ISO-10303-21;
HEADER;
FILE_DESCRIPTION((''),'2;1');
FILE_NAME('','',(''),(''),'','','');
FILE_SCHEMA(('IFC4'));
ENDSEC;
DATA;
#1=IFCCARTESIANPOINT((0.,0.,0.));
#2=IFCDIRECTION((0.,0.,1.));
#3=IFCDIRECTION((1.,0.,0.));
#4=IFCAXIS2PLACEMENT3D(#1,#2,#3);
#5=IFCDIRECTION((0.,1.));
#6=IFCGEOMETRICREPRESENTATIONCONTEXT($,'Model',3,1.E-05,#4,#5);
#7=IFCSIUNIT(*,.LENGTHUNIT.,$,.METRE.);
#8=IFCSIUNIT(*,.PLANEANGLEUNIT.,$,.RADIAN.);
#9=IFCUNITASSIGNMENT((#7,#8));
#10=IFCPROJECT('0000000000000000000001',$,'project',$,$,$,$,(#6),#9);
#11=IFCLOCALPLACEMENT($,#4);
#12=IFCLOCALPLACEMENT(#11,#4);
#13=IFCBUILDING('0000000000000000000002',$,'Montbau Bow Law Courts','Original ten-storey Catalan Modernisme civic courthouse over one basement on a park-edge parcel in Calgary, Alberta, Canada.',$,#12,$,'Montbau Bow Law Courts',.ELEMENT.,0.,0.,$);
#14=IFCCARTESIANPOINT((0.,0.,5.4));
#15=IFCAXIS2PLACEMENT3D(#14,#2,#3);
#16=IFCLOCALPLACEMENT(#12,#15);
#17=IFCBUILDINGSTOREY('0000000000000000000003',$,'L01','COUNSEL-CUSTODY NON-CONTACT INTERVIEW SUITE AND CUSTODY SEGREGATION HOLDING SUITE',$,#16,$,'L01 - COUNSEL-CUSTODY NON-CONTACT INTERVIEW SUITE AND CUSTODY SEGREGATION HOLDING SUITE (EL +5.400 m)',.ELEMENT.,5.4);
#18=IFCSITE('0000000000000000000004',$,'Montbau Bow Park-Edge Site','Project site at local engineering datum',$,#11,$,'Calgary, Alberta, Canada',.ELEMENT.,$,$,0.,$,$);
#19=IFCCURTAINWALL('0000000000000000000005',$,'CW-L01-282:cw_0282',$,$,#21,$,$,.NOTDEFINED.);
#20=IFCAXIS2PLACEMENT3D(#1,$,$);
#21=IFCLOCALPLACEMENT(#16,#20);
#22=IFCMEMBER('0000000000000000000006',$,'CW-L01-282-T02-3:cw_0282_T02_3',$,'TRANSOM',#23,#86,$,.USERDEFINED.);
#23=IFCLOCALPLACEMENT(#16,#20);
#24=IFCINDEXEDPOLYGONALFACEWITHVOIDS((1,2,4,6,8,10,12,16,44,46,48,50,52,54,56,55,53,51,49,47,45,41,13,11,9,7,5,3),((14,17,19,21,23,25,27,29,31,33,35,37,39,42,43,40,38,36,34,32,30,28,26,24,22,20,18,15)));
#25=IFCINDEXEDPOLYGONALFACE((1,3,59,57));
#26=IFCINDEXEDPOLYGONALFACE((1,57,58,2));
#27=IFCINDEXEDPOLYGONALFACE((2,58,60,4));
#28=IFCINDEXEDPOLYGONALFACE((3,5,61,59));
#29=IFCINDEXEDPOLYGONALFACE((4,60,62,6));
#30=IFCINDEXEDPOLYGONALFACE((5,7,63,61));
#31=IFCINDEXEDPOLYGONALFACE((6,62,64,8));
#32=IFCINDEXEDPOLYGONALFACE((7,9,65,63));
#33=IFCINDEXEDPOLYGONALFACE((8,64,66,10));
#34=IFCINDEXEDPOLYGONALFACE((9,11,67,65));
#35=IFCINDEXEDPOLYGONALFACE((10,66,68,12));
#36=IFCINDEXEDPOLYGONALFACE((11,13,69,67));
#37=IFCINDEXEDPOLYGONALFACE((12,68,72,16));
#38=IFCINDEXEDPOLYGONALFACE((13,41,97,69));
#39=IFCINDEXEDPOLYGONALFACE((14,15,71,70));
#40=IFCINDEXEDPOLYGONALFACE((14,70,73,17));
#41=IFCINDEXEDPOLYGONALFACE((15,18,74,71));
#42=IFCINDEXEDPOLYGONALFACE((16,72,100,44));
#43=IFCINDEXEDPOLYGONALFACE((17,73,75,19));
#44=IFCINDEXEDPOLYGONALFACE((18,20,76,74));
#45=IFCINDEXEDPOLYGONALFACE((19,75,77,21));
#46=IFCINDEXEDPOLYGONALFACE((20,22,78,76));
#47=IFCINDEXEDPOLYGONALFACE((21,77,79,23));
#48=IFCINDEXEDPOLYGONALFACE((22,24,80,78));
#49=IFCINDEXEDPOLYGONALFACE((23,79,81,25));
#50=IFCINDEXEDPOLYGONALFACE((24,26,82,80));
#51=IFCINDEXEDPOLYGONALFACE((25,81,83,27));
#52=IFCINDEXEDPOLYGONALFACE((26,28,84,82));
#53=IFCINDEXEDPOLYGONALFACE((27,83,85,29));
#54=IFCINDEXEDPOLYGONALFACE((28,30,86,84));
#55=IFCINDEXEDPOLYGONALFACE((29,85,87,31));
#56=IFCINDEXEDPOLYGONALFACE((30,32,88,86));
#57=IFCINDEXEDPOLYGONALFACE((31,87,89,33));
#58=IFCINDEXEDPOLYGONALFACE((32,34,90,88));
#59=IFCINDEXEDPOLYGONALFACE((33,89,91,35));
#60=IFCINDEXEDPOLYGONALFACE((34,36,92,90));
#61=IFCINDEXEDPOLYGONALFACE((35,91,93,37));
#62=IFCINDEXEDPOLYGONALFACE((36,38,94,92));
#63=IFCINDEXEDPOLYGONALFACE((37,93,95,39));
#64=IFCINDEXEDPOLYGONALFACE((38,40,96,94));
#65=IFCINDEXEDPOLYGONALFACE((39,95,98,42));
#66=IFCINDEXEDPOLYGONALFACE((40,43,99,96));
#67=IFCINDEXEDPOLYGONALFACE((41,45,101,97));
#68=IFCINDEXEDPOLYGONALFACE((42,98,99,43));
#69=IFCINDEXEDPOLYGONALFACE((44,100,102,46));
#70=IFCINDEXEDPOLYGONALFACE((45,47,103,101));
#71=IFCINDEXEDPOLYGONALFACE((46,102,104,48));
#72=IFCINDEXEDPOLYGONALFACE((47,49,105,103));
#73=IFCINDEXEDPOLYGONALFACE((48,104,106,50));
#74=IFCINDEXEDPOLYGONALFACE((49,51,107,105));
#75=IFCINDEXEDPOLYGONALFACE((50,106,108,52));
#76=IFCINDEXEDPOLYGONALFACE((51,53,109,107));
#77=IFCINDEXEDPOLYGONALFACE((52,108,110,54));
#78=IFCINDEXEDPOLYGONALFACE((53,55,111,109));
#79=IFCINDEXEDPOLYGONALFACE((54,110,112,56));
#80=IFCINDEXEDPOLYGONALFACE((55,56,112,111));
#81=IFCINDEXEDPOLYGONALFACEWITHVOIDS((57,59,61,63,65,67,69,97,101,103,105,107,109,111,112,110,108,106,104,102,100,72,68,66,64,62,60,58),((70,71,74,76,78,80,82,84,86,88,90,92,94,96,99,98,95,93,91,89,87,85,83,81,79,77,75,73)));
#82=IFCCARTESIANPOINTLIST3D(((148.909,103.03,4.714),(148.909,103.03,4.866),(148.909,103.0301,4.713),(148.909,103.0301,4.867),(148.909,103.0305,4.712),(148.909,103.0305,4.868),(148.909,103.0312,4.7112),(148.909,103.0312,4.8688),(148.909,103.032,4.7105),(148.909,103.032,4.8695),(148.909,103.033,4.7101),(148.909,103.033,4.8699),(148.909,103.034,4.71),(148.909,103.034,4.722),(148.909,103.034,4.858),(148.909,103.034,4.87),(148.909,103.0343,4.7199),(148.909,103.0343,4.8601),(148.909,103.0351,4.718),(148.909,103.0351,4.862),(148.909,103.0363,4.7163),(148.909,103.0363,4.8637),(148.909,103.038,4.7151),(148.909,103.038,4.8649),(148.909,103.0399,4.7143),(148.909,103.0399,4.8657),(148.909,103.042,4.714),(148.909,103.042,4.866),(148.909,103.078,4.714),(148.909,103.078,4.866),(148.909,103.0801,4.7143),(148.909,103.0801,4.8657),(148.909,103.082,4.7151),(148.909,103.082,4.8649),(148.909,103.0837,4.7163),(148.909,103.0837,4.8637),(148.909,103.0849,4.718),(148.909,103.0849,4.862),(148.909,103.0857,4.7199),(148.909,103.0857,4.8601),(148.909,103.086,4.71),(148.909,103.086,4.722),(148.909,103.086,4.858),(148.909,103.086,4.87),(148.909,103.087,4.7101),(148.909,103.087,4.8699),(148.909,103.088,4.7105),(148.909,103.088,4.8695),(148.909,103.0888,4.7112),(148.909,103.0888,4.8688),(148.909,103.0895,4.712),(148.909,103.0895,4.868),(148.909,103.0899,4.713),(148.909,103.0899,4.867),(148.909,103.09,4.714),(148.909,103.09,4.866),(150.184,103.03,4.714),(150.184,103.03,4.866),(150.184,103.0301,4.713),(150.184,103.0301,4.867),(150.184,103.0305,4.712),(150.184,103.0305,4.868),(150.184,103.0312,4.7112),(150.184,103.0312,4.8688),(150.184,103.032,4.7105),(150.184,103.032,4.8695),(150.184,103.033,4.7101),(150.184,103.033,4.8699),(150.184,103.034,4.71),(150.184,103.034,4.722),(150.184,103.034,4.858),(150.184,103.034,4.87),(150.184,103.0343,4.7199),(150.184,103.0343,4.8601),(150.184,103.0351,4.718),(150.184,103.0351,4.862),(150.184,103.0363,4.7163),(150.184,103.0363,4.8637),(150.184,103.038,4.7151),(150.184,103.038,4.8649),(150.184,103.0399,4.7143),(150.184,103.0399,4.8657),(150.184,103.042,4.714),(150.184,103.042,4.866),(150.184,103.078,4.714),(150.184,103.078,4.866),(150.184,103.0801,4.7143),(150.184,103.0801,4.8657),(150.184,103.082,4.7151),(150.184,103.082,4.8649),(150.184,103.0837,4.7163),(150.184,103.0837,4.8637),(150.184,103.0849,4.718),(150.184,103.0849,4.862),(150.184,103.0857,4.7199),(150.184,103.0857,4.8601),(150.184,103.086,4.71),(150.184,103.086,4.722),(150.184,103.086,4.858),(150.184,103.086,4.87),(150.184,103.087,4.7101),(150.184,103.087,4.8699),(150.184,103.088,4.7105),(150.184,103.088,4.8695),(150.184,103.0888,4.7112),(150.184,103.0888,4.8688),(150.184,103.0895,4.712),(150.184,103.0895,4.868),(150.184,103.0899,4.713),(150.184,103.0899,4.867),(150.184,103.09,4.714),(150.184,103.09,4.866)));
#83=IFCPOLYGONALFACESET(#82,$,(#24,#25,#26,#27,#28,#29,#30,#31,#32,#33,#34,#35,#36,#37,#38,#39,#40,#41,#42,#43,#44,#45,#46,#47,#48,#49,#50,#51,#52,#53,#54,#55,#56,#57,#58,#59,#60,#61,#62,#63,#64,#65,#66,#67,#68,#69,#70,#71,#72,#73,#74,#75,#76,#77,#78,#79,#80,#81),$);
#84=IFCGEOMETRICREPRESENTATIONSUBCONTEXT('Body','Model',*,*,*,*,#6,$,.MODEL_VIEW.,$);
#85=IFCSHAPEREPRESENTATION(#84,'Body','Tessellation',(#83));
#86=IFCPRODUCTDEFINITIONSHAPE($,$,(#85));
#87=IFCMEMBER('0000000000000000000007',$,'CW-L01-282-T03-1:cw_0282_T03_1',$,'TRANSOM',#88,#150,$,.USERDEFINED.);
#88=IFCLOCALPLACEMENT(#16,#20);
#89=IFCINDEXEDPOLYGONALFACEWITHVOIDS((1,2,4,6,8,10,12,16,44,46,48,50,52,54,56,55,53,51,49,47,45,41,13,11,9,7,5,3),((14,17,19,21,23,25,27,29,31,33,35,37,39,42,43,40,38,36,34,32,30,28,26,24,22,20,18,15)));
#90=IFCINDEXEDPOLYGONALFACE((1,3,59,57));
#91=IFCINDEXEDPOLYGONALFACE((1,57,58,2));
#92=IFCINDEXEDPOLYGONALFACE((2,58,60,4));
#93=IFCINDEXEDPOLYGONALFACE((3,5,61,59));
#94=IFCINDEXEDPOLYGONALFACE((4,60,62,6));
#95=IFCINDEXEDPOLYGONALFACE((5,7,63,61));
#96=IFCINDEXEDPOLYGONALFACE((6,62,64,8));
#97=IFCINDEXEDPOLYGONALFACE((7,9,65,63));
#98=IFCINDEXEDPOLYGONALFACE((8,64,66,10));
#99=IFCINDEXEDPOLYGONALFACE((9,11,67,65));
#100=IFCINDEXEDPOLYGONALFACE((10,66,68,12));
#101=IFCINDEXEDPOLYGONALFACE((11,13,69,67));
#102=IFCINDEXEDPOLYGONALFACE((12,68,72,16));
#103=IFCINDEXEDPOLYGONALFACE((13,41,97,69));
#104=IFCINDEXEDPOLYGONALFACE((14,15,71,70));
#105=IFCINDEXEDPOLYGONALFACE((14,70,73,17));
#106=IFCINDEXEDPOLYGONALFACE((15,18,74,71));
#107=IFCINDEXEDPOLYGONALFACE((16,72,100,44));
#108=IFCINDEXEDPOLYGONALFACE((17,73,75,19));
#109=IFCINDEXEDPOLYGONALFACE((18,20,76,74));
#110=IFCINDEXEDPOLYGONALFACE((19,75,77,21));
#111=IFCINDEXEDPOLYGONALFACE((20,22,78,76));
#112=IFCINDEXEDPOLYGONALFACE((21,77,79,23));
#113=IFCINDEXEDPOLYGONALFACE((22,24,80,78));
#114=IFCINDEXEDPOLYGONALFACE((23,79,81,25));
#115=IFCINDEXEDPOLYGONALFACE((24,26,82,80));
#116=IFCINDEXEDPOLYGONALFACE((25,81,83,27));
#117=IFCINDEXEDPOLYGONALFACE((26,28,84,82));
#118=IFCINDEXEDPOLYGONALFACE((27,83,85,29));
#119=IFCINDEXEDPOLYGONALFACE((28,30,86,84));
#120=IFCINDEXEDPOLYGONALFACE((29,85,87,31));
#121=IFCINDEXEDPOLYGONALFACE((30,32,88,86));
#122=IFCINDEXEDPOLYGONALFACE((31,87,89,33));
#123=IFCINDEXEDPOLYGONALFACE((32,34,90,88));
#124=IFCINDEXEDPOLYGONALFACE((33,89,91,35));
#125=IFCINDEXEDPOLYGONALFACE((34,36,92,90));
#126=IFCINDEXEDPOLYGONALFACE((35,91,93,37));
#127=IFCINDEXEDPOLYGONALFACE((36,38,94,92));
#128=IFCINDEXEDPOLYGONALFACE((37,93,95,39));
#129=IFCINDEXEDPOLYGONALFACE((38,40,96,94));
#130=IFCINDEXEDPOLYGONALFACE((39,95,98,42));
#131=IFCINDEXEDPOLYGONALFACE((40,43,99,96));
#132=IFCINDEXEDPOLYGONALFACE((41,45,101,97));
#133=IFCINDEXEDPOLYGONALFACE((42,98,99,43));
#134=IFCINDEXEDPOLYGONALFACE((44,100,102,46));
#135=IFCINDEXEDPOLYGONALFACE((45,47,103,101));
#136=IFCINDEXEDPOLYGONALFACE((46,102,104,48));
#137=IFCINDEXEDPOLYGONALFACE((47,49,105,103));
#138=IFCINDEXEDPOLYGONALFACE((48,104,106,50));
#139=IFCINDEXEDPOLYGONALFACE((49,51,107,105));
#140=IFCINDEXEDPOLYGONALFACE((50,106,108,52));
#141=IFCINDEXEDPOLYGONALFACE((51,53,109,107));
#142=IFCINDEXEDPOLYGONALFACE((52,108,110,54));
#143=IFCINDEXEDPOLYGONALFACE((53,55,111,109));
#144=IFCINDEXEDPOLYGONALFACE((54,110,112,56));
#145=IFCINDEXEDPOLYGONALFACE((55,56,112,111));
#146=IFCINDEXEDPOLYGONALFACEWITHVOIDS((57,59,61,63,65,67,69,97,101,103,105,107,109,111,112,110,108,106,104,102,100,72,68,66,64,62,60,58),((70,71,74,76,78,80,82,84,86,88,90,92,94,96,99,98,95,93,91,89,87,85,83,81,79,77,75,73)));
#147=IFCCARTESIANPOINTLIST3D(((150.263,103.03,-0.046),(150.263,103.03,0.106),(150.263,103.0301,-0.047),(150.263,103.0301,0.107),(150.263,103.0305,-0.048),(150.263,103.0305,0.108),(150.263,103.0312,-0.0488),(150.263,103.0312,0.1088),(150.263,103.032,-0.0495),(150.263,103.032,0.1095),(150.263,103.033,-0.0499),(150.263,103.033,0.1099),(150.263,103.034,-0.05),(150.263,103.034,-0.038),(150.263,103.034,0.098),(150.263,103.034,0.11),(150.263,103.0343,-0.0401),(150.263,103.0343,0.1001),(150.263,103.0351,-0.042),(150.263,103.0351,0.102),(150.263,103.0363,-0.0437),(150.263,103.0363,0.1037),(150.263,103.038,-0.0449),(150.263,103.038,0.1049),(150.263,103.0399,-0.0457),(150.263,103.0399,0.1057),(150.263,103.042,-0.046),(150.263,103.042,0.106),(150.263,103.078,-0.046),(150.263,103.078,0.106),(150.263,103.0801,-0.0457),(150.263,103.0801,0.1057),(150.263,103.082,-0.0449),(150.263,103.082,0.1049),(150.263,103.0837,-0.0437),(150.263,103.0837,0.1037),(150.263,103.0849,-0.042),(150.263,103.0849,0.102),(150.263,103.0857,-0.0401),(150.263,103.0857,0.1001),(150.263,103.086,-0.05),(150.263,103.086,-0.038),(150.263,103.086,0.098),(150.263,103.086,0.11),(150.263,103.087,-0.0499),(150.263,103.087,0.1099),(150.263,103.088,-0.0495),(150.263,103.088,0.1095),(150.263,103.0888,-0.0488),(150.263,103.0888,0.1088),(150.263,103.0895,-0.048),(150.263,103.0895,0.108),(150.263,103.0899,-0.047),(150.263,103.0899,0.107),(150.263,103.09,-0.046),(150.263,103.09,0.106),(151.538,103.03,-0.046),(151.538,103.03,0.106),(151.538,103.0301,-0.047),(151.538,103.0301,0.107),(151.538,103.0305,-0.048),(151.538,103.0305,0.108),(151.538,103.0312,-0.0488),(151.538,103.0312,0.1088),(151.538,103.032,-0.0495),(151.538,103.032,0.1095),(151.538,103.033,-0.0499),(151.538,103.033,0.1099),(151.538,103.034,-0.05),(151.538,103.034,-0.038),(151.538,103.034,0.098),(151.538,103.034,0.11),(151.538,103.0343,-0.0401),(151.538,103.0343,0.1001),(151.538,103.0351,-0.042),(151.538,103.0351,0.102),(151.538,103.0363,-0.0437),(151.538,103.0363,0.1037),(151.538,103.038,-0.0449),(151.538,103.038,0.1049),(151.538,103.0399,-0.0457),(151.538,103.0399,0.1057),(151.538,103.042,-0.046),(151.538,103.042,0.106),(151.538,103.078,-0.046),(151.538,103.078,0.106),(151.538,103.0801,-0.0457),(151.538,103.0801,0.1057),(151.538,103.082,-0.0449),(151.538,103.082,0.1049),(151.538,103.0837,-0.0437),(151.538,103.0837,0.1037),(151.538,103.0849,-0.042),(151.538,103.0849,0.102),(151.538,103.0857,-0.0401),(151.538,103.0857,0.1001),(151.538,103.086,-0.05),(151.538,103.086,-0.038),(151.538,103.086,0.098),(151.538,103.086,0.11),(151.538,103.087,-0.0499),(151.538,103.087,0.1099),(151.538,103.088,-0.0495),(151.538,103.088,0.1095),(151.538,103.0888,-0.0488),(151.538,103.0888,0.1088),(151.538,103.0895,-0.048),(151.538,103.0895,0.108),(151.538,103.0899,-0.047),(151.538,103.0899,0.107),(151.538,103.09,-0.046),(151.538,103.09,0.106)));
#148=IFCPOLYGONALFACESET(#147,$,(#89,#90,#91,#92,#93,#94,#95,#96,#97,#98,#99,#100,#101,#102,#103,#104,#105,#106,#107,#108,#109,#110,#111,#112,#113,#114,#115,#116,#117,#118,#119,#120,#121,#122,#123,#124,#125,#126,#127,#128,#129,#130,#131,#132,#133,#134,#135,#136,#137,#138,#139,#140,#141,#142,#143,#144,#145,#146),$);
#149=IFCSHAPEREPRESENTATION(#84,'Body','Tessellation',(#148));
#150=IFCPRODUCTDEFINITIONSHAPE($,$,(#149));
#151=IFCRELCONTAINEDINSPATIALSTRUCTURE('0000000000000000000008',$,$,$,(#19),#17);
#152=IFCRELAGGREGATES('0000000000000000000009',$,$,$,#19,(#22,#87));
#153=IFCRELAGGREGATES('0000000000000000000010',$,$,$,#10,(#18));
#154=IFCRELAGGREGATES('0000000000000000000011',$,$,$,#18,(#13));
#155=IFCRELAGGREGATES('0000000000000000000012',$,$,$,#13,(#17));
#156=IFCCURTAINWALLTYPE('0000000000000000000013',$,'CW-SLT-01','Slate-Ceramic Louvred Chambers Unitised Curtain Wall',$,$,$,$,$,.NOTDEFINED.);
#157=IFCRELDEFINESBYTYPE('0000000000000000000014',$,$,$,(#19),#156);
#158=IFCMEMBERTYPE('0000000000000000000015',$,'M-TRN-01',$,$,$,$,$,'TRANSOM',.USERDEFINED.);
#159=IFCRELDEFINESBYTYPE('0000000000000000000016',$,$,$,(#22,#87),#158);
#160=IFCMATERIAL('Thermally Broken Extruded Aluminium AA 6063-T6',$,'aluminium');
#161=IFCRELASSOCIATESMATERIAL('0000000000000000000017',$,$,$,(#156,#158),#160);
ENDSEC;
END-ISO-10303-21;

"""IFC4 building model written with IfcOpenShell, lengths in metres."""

from ifc_helpers import new_model, si_unit, direction, frame, origin_with_axes, origin_2d_with_axis, place, context, subcontext, project, spatial, hollow_rectangle, extrude, material, material_profile, profile_set, type_object, element, aggregate, save


model = new_model("IFC4")

# Units and contexts
model_context = context("Model", 3, precision=1e-05, world=origin_with_axes(), true_north=direction((0.0, 1.0)))
body_context = subcontext(model_context, "Body", "Model", "MODEL_VIEW")
ifc_project = project(units=[si_unit("LENGTHUNIT", "METRE"), si_unit("PLANEANGLEUNIT", "RADIAN")], contexts=[model_context])

# Site, building, storey
site_placement = place(None, origin_with_axes())
site = spatial("IfcSite", under=ifc_project, at=site_placement, Name="Montbau Bow Park-Edge Site", Description="Project site at local engineering datum", LongName="Calgary, Alberta, Canada", CompositionType="ELEMENT", RefElevation=0.0)
building_placement = place(site_placement, origin_with_axes())
building = spatial("IfcBuilding", under=site, at=building_placement, Name="Montbau Bow Law Courts", Description="Original ten-storey Catalan Modernisme civic courthouse over one basement on a park-edge parcel in Calgary, Alberta, Canada.", LongName="Montbau Bow Law Courts", CompositionType="ELEMENT", ElevationOfRefHeight=0.0, ElevationOfTerrain=0.0)
storey_placement = place(building_placement, frame((0.0, 0.0, 5.4), z_axis=(0.0, 0.0, 1.0), x_axis=(1.0, 0.0, 0.0)))
storey = spatial("IfcBuildingStorey", under=building, at=storey_placement, Name="L01", Description="COUNSEL-CUSTODY NON-CONTACT INTERVIEW SUITE AND CUSTODY SEGREGATION HOLDING SUITE", LongName="L01 - COUNSEL-CUSTODY NON-CONTACT INTERVIEW SUITE AND CUSTODY SEGREGATION HOLDING SUITE (EL +5.400 m)", CompositionType="ELEMENT", Elevation=5.4)

# Curtain wall, members
ifc_material_1 = material(Name="Thermally Broken Extruded Aluminium AA 6063-T6", Category="aluminium")
curtain_wall_type = type_object("IfcCurtainWallType", Name="CW-SLT-01", Description="Slate-Ceramic Louvred Chambers Unitised Curtain Wall", PredefinedType="NOTDEFINED", material=ifc_material_1)
curtain_wall_placement = place(None, frame((147.515, 103.06, 5.4), z_axis=(0.0, 0.0, 1.0), x_axis=(1.0, 0.0, 0.0)))
curtain_wall = element("IfcCurtainWall", 1, at=curtain_wall_placement, inside=storey, type_object=curtain_wall_type, Name="CW-L01-282:cw_0282", PredefinedType="NOTDEFINED")
ifc_material_profile_1 = material_profile(ifc_material_1, hollow_rectangle(XDim=0.06, YDim=0.16, WallThickness=0.004, InnerFilletRadius=0.008, OuterFilletRadius=0.004, at=origin_2d_with_axis()), Name="CWT-160X60", Category="Main", Priority=0)
ifc_profile_set_1 = profile_set([ifc_material_profile_1], Name="Thermally Broken Extruded Aluminium AA 6063-T6")
member_type_1 = type_object("IfcMemberType", Name="M-TRN-01", ElementType="TRANSOM", PredefinedType="USERDEFINED", material=ifc_profile_set_1)
member_1_placement = place(None, frame((148.909, 103.06, 10.19), z_axis=(1.0, 0.0, 0.0), x_axis=(0.0, 1.0, 0.0)))
member_1 = element("IfcMember", 2, at=member_1_placement, type_object=member_type_1, Name="CW-L01-282-T02-3:cw_0282_T02_3", ObjectType="TRANSOM", PredefinedType="USERDEFINED", context=body_context, shape_type="SweptSolid", body=[
    extrude(hollow_rectangle(XDim=0.06, YDim=0.16, WallThickness=0.004, InnerFilletRadius=0.008, OuterFilletRadius=0.004, at=origin_2d_with_axis()), origin_with_axes(), (0.0, 0.0, 1.0), 1.275),
])
member_2_placement = place(None, frame((150.263, 103.06, 5.43), z_axis=(1.0, 0.0, 0.0), x_axis=(0.0, 1.0, 0.0)))
member_2 = element("IfcMember", 3, at=member_2_placement, type_object=member_type_1, Name="CW-L01-282-T03-1:cw_0282_T03_1", ObjectType="TRANSOM", PredefinedType="USERDEFINED", context=body_context, shape_type="SweptSolid", body=[
    extrude(hollow_rectangle(XDim=0.06, YDim=0.16, WallThickness=0.004, InnerFilletRadius=0.008, OuterFilletRadius=0.004, at=origin_2d_with_axis()), origin_with_axes(), (0.0, 0.0, 1.0), 1.275),
])
aggregate(curtain_wall, [member_1, member_2])

save(model, "model.ifc")
